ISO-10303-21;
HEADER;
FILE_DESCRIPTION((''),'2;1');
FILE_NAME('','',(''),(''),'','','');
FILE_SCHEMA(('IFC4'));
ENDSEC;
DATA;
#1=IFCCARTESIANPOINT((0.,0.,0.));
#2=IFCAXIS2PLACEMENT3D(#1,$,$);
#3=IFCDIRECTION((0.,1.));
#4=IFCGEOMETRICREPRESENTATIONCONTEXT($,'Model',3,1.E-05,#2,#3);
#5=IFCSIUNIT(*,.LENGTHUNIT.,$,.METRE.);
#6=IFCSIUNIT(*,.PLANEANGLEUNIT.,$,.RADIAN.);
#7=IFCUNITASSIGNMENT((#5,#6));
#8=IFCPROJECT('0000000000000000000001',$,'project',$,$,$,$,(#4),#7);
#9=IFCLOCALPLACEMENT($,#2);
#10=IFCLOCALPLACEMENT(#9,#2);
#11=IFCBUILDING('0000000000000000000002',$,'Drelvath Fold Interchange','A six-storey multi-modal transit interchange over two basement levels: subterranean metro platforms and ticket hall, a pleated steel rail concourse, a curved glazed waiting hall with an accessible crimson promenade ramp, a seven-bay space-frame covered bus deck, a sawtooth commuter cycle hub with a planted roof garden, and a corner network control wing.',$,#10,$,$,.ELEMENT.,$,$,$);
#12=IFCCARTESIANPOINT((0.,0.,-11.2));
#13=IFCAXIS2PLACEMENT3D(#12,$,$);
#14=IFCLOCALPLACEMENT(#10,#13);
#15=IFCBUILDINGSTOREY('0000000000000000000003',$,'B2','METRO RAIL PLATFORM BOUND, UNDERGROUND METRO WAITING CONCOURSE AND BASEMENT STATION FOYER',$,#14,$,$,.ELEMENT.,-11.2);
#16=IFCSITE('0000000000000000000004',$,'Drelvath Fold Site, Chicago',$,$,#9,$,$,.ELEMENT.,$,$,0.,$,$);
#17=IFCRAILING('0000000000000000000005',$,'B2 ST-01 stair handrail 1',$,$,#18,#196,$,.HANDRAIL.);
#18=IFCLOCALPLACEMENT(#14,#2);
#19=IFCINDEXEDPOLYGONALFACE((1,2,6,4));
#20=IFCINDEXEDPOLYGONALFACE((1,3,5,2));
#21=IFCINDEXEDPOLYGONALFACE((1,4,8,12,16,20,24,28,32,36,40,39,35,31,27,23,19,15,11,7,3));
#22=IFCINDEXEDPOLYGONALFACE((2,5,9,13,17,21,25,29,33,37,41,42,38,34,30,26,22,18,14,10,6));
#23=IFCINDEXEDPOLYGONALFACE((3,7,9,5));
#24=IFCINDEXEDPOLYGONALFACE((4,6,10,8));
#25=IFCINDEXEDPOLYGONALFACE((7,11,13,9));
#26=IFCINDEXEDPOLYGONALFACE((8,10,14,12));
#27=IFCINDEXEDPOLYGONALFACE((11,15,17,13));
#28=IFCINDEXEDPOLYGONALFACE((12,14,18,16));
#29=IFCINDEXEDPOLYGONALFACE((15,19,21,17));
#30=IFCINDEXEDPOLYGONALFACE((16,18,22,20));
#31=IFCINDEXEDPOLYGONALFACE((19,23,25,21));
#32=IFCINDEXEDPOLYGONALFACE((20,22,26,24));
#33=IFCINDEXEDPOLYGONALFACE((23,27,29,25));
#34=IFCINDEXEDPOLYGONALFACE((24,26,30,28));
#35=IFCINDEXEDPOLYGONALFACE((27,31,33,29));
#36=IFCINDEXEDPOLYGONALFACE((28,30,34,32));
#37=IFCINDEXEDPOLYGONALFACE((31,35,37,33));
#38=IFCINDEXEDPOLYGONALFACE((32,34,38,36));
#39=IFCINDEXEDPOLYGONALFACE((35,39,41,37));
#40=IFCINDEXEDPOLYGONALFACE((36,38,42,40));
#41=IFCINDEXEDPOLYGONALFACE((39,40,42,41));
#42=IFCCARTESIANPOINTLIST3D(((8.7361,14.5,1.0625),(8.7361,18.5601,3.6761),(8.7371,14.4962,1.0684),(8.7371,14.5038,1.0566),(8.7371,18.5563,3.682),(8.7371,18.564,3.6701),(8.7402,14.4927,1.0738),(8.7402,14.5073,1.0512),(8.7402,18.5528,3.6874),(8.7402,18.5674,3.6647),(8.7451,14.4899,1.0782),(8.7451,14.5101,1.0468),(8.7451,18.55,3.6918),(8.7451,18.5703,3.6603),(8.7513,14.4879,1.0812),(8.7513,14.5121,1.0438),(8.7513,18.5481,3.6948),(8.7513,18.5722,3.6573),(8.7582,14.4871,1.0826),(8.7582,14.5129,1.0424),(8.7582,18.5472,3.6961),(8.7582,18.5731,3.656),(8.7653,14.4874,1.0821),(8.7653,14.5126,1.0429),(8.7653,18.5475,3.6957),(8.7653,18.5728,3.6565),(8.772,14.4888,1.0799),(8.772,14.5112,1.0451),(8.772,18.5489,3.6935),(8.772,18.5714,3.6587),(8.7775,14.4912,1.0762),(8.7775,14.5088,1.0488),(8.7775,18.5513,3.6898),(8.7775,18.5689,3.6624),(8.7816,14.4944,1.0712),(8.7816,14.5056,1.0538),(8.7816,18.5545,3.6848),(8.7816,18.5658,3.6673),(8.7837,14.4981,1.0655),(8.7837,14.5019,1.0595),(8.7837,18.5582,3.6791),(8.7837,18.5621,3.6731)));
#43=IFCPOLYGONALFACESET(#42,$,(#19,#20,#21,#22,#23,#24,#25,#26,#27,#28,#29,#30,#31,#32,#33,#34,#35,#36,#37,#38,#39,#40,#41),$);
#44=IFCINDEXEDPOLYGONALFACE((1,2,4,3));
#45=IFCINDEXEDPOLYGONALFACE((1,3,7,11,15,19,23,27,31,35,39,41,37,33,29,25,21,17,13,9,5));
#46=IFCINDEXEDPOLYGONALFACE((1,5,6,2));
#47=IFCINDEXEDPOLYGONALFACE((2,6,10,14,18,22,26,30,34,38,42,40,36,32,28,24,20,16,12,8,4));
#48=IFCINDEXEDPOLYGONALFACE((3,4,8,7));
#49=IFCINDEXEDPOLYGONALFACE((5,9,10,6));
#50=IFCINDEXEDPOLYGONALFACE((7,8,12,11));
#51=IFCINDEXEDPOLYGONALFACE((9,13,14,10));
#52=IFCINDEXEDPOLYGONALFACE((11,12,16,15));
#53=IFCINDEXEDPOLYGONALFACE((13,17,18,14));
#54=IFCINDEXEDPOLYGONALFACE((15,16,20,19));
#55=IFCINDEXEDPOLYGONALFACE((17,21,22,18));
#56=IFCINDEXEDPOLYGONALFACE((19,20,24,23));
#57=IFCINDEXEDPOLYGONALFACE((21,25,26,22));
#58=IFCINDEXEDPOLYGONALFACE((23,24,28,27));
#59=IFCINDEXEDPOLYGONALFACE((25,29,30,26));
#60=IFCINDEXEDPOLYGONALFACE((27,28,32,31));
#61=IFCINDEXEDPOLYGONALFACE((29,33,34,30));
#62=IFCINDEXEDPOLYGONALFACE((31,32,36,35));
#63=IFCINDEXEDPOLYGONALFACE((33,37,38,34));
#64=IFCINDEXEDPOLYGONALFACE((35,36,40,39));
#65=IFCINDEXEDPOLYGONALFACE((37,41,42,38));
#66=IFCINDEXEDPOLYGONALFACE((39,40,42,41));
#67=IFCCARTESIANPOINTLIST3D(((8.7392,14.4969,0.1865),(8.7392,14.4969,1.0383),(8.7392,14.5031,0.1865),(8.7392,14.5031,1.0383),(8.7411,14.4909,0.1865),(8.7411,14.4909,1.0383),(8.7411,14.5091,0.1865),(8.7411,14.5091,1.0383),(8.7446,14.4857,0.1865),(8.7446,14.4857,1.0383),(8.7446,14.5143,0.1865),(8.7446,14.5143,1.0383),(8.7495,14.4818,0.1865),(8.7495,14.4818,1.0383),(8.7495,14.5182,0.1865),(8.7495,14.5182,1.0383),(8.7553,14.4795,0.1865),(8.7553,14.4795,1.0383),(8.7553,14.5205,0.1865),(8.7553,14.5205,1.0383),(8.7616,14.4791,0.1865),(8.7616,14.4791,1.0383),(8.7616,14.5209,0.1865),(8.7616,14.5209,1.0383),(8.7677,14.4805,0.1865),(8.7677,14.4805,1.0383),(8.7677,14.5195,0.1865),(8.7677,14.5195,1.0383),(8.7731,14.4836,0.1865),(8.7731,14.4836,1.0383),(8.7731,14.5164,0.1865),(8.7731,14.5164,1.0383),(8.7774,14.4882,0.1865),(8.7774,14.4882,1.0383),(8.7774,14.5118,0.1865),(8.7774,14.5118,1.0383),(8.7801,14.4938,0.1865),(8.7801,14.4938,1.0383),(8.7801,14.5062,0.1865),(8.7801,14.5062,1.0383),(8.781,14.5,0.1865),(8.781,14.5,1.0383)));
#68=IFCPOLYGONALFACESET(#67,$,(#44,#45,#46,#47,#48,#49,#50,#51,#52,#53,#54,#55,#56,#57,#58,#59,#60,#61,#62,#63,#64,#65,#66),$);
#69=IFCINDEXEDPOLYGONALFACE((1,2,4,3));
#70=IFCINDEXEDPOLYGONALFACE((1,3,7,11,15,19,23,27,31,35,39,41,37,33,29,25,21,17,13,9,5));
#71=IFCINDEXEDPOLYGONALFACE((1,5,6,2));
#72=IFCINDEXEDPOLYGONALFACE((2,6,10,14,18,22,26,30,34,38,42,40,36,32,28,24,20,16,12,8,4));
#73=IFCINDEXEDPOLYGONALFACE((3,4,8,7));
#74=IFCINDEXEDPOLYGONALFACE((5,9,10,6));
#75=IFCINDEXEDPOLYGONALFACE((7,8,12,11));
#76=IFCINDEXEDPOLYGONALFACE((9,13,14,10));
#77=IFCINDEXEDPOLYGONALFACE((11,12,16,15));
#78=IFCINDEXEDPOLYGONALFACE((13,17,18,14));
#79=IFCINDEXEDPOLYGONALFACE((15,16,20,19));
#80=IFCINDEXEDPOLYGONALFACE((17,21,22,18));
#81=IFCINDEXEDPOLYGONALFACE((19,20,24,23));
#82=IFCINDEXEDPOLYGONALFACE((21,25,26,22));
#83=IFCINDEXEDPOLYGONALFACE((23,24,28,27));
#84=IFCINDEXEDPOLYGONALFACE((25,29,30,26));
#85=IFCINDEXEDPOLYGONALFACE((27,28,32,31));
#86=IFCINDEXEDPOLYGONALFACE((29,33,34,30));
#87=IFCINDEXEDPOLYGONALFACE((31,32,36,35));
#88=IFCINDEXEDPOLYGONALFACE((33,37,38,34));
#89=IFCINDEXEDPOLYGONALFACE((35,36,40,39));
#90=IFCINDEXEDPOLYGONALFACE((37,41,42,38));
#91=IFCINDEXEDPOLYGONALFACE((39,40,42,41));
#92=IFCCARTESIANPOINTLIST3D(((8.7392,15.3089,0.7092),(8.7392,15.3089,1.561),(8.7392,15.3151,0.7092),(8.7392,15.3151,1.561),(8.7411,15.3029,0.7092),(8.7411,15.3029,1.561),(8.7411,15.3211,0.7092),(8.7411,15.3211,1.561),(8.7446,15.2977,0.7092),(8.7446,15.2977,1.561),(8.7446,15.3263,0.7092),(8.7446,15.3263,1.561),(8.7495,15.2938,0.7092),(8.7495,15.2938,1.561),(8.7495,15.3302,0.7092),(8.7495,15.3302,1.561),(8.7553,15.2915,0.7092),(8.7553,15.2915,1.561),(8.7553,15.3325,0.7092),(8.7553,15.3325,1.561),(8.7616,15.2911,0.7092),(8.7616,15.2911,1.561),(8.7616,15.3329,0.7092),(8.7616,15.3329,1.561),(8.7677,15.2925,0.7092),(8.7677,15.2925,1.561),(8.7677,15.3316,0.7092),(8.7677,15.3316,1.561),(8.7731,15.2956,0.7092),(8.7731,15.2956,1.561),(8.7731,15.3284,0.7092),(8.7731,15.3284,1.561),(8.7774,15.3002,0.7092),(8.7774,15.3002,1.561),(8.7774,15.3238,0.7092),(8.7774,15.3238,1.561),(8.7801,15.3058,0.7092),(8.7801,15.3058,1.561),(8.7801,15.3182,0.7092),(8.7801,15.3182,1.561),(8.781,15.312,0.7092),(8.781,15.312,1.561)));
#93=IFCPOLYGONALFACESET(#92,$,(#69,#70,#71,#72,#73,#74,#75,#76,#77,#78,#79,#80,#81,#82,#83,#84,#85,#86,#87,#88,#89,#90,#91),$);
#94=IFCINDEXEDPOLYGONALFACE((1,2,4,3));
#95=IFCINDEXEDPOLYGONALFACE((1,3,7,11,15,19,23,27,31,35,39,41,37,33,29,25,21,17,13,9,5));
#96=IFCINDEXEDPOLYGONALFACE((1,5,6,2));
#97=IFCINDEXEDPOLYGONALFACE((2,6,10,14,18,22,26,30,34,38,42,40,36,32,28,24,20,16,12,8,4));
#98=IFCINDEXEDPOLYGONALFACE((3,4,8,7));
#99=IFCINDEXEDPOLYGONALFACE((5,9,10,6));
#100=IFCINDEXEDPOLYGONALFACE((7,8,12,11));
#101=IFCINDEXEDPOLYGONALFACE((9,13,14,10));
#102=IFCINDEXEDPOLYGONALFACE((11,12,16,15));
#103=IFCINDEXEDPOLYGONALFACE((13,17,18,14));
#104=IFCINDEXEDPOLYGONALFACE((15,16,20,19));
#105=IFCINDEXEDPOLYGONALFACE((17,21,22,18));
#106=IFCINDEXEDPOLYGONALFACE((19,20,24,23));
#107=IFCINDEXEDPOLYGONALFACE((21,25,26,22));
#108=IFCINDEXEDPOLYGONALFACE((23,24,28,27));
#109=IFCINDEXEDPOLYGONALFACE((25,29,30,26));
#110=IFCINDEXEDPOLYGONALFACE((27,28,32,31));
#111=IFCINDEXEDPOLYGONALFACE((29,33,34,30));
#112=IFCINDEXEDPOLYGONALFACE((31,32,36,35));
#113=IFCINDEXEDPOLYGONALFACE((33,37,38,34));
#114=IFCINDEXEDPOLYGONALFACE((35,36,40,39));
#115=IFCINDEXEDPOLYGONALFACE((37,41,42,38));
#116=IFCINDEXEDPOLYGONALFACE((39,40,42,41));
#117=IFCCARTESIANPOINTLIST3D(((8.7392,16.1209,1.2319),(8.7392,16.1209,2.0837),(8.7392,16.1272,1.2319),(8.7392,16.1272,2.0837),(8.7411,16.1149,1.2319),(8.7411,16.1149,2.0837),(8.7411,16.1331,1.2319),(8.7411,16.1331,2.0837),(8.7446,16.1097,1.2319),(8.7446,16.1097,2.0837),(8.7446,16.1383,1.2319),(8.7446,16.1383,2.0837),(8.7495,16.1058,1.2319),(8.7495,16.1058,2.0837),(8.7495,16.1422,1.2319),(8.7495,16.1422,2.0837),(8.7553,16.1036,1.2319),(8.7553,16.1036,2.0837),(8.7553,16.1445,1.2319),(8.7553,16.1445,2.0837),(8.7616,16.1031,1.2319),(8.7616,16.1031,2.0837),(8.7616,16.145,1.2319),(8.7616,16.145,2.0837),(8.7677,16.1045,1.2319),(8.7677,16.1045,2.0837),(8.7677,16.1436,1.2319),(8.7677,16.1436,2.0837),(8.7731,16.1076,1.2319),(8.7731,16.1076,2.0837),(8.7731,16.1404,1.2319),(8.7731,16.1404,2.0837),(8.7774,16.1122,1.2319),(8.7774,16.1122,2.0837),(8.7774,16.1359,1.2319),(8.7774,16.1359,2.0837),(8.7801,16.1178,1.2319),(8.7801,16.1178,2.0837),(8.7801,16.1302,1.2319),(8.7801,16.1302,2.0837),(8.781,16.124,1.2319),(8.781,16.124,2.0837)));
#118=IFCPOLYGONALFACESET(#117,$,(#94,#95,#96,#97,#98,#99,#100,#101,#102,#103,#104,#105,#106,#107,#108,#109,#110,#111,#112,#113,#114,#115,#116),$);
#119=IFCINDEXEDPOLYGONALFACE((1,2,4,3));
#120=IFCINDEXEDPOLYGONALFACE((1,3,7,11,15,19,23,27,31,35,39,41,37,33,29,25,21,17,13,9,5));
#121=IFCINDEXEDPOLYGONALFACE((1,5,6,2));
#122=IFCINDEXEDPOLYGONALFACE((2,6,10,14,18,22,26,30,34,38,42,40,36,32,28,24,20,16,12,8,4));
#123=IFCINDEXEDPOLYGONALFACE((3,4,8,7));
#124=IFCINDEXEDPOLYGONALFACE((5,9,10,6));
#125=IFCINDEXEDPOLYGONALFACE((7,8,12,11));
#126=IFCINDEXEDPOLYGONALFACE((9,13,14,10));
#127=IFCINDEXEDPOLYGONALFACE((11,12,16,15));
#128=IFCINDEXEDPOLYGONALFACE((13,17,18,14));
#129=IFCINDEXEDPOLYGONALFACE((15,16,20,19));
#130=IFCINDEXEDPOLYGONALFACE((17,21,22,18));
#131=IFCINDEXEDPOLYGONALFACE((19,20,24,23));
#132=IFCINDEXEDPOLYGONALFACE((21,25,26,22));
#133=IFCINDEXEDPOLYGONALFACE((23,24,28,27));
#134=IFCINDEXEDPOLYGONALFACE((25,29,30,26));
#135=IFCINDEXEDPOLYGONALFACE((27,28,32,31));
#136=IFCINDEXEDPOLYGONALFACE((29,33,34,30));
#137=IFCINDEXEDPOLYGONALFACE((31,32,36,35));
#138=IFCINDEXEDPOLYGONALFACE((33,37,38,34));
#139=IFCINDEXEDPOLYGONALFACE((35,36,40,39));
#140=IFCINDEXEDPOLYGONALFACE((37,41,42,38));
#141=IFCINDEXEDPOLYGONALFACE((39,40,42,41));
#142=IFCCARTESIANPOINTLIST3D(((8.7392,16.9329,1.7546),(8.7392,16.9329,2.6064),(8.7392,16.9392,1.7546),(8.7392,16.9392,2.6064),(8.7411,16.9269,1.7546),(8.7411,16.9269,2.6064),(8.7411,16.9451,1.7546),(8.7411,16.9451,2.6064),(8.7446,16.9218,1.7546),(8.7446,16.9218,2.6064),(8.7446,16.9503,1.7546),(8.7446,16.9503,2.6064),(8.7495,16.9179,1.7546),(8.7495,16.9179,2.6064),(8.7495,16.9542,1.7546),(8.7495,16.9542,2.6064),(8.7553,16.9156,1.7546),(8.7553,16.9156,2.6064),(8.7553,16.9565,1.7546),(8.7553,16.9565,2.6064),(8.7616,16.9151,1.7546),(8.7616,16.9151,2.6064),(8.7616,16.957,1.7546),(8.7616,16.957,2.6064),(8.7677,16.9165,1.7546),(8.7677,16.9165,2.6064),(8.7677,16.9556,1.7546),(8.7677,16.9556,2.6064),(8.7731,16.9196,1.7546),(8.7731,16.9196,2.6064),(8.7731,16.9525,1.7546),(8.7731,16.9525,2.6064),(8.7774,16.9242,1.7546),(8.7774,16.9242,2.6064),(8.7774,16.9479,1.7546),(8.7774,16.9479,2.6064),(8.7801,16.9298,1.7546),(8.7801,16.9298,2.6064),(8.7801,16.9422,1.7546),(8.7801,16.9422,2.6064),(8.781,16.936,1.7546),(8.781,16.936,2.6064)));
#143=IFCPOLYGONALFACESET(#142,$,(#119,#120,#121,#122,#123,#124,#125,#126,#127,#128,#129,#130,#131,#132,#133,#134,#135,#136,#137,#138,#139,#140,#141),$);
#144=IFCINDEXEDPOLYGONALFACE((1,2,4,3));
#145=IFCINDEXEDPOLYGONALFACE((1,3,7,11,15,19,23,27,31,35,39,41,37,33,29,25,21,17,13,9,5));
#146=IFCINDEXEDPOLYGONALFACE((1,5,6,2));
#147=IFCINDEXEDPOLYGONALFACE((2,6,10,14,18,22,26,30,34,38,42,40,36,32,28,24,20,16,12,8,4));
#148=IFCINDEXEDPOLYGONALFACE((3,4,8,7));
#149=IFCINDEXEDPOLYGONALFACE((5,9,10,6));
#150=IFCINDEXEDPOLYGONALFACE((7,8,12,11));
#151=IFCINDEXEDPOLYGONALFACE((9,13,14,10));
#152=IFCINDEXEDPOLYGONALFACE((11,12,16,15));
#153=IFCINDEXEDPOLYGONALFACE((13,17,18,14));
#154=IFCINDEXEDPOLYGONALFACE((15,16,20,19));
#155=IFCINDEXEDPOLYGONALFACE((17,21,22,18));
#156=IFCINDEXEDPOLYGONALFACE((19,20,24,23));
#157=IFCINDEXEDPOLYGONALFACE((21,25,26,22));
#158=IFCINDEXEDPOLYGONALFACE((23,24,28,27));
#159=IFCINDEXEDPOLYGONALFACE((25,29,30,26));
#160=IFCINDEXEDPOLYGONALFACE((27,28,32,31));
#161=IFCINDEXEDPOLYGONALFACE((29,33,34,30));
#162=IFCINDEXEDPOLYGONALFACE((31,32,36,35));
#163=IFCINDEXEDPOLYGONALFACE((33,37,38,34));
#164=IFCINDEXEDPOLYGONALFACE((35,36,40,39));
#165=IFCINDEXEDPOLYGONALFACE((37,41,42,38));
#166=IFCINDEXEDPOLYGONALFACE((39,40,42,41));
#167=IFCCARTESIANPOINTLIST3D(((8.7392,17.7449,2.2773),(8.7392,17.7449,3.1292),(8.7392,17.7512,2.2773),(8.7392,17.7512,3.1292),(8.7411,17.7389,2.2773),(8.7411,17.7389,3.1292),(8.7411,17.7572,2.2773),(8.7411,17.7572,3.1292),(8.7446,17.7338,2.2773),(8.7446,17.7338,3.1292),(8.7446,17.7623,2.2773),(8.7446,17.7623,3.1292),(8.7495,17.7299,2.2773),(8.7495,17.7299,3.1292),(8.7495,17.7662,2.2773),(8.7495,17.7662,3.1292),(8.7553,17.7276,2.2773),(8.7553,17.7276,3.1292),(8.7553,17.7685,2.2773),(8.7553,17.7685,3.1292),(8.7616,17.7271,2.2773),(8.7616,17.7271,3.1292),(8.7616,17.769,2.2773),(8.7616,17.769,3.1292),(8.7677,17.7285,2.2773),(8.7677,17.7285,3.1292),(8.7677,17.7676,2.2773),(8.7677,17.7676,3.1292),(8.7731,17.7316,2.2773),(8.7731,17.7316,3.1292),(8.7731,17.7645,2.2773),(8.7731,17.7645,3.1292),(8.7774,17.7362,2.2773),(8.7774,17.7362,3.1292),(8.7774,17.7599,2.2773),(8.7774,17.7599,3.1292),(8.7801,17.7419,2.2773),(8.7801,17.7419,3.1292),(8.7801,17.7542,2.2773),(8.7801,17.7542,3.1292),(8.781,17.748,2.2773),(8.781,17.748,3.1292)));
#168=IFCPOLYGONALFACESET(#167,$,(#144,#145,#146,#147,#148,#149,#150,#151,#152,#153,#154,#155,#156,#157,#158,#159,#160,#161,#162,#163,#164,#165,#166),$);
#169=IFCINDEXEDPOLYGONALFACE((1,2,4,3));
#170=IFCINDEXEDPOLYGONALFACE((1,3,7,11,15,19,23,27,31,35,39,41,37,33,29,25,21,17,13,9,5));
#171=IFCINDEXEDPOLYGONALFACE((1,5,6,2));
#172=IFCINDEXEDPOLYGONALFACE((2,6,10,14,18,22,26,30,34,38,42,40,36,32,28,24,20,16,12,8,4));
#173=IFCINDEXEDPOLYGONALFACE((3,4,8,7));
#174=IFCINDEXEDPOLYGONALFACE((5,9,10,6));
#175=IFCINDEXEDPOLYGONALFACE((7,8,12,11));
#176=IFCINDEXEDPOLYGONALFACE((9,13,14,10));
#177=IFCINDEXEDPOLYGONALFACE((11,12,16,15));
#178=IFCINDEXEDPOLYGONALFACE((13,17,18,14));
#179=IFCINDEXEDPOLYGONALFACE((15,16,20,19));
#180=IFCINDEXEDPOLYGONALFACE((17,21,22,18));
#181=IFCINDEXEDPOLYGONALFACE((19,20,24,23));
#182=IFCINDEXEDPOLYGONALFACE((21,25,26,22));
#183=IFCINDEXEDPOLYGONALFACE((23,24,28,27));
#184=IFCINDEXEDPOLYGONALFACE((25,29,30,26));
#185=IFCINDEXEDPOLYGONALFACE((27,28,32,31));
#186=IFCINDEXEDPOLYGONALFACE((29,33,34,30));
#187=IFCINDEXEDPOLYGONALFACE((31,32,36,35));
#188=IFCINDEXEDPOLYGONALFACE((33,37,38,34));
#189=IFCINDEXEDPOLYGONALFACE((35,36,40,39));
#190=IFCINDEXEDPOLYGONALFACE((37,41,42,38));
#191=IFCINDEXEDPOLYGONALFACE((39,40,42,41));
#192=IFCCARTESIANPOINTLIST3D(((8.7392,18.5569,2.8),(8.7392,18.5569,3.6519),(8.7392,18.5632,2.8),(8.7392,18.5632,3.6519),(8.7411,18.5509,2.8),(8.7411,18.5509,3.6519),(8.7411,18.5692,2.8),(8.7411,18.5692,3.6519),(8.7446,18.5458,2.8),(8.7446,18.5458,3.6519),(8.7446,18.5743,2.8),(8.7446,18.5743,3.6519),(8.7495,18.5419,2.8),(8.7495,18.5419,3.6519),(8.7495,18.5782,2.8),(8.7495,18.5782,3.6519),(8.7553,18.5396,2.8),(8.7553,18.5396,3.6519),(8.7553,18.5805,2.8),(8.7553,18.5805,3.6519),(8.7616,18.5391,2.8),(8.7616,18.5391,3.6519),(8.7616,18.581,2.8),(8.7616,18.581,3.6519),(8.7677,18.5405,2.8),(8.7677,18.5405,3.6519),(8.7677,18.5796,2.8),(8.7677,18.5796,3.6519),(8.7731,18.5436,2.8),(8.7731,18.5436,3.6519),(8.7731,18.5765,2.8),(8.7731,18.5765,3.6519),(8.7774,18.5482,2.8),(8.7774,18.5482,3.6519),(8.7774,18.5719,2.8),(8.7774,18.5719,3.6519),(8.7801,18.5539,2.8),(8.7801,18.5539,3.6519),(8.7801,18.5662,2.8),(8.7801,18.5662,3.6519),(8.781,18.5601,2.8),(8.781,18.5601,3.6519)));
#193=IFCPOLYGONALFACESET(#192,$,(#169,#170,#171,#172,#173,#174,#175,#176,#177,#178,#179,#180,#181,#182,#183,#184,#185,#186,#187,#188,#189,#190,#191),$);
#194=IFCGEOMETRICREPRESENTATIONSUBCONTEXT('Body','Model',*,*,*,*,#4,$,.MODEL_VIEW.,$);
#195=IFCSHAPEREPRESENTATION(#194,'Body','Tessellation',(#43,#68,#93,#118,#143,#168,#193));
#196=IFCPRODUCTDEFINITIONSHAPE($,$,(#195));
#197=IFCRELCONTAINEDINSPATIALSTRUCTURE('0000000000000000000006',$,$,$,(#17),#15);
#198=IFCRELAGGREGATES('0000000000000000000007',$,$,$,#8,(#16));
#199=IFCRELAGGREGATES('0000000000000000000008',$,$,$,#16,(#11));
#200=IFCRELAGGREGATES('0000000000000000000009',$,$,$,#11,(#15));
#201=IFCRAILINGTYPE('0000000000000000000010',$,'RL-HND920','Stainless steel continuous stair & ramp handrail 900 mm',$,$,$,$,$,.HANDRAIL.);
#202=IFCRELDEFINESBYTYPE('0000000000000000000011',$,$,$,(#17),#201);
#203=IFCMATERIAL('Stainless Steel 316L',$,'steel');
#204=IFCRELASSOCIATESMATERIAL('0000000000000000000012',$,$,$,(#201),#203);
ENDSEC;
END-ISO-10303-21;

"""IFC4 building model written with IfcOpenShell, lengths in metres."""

from ifc_helpers import new_model, si_unit, direction, frame, origin, origin_2d, place, context, subcontext, project, spatial, circle, extrude, material, type_object, element, save


model = new_model("IFC4")

# Units and contexts
model_context = context("Model", 3, precision=1e-05, world=origin(), true_north=direction((0.0, 1.0)))
body_context = subcontext(model_context, "Body", "Model", "MODEL_VIEW")
ifc_project = project(units=[si_unit("LENGTHUNIT", "METRE"), si_unit("PLANEANGLEUNIT", "RADIAN")], contexts=[model_context])

# Site, building, storey
site_placement = place(None, origin())
site = spatial("IfcSite", under=ifc_project, at=site_placement, Name="Drelvath Fold Site, Chicago", CompositionType="ELEMENT", RefElevation=0.0)
building_placement = place(site_placement, origin())
building = spatial("IfcBuilding", under=site, at=building_placement, Name="Drelvath Fold Interchange", Description="A six-storey multi-modal transit interchange over two basement levels: subterranean metro platforms and ticket hall, a pleated steel rail concourse, a curved glazed waiting hall with an accessible crimson promenade ramp, a seven-bay space-frame covered bus deck, a sawtooth commuter cycle hub with a planted roof garden, and a corner network control wing.", CompositionType="ELEMENT")
storey_placement = place(building_placement, frame((0.0, 0.0, -11.2)))
storey = spatial("IfcBuildingStorey", under=building, at=storey_placement, Name="B2", Description="METRO RAIL PLATFORM BOUND, UNDERGROUND METRO WAITING CONCOURSE AND BASEMENT STATION FOYER", CompositionType="ELEMENT", Elevation=-11.2)

# Railing
ifc_material_1 = material(Name="Stainless Steel 316L", Category="steel")
railing_type_1 = type_object("IfcRailingType", Name="RL-HND920", Description="Stainless steel continuous stair & ramp handrail 900 mm", PredefinedType="HANDRAIL", material=ifc_material_1)
railing_1_placement = place(storey_placement, frame((8.76, 14.5, 0.1865)))
element("IfcRailing", 1, at=railing_1_placement, inside=storey, type_object=railing_type_1, Name="B2 ST-01 stair handrail 1", PredefinedType="HANDRAIL", context=body_context, shape_type="SweptSolid", body=[
    extrude(circle(Radius=0.0239, at=origin_2d()), frame((0.0, 0.0, 0.876), z_axis=(0.0, 0.84085, 0.541269), x_axis=(-1.0, 0.0, 0.0)), (0.0, 0.0, 1.0), 4.8286),
    extrude(circle(Radius=0.021, at=origin_2d()), origin(), (0.0, 0.0, 1.0), 0.8518),
    extrude(circle(Radius=0.021, at=origin_2d()), frame((0.0, 0.812, 0.5227)), (0.0, 0.0, 1.0), 0.8518),
    extrude(circle(Radius=0.021, at=origin_2d()), frame((0.0, 1.624, 1.0454)), (0.0, 0.0, 1.0), 0.8518),
    extrude(circle(Radius=0.021, at=origin_2d()), frame((0.0, 2.436, 1.5681)), (0.0, 0.0, 1.0), 0.8518),
    extrude(circle(Radius=0.021, at=origin_2d()), frame((0.0, 3.248, 2.0908)), (0.0, 0.0, 1.0), 0.8518),
    extrude(circle(Radius=0.021, at=origin_2d()), frame((0.0, 4.0601, 2.6135)), (0.0, 0.0, 1.0), 0.8518),
])

save(model, "model.ifc")
